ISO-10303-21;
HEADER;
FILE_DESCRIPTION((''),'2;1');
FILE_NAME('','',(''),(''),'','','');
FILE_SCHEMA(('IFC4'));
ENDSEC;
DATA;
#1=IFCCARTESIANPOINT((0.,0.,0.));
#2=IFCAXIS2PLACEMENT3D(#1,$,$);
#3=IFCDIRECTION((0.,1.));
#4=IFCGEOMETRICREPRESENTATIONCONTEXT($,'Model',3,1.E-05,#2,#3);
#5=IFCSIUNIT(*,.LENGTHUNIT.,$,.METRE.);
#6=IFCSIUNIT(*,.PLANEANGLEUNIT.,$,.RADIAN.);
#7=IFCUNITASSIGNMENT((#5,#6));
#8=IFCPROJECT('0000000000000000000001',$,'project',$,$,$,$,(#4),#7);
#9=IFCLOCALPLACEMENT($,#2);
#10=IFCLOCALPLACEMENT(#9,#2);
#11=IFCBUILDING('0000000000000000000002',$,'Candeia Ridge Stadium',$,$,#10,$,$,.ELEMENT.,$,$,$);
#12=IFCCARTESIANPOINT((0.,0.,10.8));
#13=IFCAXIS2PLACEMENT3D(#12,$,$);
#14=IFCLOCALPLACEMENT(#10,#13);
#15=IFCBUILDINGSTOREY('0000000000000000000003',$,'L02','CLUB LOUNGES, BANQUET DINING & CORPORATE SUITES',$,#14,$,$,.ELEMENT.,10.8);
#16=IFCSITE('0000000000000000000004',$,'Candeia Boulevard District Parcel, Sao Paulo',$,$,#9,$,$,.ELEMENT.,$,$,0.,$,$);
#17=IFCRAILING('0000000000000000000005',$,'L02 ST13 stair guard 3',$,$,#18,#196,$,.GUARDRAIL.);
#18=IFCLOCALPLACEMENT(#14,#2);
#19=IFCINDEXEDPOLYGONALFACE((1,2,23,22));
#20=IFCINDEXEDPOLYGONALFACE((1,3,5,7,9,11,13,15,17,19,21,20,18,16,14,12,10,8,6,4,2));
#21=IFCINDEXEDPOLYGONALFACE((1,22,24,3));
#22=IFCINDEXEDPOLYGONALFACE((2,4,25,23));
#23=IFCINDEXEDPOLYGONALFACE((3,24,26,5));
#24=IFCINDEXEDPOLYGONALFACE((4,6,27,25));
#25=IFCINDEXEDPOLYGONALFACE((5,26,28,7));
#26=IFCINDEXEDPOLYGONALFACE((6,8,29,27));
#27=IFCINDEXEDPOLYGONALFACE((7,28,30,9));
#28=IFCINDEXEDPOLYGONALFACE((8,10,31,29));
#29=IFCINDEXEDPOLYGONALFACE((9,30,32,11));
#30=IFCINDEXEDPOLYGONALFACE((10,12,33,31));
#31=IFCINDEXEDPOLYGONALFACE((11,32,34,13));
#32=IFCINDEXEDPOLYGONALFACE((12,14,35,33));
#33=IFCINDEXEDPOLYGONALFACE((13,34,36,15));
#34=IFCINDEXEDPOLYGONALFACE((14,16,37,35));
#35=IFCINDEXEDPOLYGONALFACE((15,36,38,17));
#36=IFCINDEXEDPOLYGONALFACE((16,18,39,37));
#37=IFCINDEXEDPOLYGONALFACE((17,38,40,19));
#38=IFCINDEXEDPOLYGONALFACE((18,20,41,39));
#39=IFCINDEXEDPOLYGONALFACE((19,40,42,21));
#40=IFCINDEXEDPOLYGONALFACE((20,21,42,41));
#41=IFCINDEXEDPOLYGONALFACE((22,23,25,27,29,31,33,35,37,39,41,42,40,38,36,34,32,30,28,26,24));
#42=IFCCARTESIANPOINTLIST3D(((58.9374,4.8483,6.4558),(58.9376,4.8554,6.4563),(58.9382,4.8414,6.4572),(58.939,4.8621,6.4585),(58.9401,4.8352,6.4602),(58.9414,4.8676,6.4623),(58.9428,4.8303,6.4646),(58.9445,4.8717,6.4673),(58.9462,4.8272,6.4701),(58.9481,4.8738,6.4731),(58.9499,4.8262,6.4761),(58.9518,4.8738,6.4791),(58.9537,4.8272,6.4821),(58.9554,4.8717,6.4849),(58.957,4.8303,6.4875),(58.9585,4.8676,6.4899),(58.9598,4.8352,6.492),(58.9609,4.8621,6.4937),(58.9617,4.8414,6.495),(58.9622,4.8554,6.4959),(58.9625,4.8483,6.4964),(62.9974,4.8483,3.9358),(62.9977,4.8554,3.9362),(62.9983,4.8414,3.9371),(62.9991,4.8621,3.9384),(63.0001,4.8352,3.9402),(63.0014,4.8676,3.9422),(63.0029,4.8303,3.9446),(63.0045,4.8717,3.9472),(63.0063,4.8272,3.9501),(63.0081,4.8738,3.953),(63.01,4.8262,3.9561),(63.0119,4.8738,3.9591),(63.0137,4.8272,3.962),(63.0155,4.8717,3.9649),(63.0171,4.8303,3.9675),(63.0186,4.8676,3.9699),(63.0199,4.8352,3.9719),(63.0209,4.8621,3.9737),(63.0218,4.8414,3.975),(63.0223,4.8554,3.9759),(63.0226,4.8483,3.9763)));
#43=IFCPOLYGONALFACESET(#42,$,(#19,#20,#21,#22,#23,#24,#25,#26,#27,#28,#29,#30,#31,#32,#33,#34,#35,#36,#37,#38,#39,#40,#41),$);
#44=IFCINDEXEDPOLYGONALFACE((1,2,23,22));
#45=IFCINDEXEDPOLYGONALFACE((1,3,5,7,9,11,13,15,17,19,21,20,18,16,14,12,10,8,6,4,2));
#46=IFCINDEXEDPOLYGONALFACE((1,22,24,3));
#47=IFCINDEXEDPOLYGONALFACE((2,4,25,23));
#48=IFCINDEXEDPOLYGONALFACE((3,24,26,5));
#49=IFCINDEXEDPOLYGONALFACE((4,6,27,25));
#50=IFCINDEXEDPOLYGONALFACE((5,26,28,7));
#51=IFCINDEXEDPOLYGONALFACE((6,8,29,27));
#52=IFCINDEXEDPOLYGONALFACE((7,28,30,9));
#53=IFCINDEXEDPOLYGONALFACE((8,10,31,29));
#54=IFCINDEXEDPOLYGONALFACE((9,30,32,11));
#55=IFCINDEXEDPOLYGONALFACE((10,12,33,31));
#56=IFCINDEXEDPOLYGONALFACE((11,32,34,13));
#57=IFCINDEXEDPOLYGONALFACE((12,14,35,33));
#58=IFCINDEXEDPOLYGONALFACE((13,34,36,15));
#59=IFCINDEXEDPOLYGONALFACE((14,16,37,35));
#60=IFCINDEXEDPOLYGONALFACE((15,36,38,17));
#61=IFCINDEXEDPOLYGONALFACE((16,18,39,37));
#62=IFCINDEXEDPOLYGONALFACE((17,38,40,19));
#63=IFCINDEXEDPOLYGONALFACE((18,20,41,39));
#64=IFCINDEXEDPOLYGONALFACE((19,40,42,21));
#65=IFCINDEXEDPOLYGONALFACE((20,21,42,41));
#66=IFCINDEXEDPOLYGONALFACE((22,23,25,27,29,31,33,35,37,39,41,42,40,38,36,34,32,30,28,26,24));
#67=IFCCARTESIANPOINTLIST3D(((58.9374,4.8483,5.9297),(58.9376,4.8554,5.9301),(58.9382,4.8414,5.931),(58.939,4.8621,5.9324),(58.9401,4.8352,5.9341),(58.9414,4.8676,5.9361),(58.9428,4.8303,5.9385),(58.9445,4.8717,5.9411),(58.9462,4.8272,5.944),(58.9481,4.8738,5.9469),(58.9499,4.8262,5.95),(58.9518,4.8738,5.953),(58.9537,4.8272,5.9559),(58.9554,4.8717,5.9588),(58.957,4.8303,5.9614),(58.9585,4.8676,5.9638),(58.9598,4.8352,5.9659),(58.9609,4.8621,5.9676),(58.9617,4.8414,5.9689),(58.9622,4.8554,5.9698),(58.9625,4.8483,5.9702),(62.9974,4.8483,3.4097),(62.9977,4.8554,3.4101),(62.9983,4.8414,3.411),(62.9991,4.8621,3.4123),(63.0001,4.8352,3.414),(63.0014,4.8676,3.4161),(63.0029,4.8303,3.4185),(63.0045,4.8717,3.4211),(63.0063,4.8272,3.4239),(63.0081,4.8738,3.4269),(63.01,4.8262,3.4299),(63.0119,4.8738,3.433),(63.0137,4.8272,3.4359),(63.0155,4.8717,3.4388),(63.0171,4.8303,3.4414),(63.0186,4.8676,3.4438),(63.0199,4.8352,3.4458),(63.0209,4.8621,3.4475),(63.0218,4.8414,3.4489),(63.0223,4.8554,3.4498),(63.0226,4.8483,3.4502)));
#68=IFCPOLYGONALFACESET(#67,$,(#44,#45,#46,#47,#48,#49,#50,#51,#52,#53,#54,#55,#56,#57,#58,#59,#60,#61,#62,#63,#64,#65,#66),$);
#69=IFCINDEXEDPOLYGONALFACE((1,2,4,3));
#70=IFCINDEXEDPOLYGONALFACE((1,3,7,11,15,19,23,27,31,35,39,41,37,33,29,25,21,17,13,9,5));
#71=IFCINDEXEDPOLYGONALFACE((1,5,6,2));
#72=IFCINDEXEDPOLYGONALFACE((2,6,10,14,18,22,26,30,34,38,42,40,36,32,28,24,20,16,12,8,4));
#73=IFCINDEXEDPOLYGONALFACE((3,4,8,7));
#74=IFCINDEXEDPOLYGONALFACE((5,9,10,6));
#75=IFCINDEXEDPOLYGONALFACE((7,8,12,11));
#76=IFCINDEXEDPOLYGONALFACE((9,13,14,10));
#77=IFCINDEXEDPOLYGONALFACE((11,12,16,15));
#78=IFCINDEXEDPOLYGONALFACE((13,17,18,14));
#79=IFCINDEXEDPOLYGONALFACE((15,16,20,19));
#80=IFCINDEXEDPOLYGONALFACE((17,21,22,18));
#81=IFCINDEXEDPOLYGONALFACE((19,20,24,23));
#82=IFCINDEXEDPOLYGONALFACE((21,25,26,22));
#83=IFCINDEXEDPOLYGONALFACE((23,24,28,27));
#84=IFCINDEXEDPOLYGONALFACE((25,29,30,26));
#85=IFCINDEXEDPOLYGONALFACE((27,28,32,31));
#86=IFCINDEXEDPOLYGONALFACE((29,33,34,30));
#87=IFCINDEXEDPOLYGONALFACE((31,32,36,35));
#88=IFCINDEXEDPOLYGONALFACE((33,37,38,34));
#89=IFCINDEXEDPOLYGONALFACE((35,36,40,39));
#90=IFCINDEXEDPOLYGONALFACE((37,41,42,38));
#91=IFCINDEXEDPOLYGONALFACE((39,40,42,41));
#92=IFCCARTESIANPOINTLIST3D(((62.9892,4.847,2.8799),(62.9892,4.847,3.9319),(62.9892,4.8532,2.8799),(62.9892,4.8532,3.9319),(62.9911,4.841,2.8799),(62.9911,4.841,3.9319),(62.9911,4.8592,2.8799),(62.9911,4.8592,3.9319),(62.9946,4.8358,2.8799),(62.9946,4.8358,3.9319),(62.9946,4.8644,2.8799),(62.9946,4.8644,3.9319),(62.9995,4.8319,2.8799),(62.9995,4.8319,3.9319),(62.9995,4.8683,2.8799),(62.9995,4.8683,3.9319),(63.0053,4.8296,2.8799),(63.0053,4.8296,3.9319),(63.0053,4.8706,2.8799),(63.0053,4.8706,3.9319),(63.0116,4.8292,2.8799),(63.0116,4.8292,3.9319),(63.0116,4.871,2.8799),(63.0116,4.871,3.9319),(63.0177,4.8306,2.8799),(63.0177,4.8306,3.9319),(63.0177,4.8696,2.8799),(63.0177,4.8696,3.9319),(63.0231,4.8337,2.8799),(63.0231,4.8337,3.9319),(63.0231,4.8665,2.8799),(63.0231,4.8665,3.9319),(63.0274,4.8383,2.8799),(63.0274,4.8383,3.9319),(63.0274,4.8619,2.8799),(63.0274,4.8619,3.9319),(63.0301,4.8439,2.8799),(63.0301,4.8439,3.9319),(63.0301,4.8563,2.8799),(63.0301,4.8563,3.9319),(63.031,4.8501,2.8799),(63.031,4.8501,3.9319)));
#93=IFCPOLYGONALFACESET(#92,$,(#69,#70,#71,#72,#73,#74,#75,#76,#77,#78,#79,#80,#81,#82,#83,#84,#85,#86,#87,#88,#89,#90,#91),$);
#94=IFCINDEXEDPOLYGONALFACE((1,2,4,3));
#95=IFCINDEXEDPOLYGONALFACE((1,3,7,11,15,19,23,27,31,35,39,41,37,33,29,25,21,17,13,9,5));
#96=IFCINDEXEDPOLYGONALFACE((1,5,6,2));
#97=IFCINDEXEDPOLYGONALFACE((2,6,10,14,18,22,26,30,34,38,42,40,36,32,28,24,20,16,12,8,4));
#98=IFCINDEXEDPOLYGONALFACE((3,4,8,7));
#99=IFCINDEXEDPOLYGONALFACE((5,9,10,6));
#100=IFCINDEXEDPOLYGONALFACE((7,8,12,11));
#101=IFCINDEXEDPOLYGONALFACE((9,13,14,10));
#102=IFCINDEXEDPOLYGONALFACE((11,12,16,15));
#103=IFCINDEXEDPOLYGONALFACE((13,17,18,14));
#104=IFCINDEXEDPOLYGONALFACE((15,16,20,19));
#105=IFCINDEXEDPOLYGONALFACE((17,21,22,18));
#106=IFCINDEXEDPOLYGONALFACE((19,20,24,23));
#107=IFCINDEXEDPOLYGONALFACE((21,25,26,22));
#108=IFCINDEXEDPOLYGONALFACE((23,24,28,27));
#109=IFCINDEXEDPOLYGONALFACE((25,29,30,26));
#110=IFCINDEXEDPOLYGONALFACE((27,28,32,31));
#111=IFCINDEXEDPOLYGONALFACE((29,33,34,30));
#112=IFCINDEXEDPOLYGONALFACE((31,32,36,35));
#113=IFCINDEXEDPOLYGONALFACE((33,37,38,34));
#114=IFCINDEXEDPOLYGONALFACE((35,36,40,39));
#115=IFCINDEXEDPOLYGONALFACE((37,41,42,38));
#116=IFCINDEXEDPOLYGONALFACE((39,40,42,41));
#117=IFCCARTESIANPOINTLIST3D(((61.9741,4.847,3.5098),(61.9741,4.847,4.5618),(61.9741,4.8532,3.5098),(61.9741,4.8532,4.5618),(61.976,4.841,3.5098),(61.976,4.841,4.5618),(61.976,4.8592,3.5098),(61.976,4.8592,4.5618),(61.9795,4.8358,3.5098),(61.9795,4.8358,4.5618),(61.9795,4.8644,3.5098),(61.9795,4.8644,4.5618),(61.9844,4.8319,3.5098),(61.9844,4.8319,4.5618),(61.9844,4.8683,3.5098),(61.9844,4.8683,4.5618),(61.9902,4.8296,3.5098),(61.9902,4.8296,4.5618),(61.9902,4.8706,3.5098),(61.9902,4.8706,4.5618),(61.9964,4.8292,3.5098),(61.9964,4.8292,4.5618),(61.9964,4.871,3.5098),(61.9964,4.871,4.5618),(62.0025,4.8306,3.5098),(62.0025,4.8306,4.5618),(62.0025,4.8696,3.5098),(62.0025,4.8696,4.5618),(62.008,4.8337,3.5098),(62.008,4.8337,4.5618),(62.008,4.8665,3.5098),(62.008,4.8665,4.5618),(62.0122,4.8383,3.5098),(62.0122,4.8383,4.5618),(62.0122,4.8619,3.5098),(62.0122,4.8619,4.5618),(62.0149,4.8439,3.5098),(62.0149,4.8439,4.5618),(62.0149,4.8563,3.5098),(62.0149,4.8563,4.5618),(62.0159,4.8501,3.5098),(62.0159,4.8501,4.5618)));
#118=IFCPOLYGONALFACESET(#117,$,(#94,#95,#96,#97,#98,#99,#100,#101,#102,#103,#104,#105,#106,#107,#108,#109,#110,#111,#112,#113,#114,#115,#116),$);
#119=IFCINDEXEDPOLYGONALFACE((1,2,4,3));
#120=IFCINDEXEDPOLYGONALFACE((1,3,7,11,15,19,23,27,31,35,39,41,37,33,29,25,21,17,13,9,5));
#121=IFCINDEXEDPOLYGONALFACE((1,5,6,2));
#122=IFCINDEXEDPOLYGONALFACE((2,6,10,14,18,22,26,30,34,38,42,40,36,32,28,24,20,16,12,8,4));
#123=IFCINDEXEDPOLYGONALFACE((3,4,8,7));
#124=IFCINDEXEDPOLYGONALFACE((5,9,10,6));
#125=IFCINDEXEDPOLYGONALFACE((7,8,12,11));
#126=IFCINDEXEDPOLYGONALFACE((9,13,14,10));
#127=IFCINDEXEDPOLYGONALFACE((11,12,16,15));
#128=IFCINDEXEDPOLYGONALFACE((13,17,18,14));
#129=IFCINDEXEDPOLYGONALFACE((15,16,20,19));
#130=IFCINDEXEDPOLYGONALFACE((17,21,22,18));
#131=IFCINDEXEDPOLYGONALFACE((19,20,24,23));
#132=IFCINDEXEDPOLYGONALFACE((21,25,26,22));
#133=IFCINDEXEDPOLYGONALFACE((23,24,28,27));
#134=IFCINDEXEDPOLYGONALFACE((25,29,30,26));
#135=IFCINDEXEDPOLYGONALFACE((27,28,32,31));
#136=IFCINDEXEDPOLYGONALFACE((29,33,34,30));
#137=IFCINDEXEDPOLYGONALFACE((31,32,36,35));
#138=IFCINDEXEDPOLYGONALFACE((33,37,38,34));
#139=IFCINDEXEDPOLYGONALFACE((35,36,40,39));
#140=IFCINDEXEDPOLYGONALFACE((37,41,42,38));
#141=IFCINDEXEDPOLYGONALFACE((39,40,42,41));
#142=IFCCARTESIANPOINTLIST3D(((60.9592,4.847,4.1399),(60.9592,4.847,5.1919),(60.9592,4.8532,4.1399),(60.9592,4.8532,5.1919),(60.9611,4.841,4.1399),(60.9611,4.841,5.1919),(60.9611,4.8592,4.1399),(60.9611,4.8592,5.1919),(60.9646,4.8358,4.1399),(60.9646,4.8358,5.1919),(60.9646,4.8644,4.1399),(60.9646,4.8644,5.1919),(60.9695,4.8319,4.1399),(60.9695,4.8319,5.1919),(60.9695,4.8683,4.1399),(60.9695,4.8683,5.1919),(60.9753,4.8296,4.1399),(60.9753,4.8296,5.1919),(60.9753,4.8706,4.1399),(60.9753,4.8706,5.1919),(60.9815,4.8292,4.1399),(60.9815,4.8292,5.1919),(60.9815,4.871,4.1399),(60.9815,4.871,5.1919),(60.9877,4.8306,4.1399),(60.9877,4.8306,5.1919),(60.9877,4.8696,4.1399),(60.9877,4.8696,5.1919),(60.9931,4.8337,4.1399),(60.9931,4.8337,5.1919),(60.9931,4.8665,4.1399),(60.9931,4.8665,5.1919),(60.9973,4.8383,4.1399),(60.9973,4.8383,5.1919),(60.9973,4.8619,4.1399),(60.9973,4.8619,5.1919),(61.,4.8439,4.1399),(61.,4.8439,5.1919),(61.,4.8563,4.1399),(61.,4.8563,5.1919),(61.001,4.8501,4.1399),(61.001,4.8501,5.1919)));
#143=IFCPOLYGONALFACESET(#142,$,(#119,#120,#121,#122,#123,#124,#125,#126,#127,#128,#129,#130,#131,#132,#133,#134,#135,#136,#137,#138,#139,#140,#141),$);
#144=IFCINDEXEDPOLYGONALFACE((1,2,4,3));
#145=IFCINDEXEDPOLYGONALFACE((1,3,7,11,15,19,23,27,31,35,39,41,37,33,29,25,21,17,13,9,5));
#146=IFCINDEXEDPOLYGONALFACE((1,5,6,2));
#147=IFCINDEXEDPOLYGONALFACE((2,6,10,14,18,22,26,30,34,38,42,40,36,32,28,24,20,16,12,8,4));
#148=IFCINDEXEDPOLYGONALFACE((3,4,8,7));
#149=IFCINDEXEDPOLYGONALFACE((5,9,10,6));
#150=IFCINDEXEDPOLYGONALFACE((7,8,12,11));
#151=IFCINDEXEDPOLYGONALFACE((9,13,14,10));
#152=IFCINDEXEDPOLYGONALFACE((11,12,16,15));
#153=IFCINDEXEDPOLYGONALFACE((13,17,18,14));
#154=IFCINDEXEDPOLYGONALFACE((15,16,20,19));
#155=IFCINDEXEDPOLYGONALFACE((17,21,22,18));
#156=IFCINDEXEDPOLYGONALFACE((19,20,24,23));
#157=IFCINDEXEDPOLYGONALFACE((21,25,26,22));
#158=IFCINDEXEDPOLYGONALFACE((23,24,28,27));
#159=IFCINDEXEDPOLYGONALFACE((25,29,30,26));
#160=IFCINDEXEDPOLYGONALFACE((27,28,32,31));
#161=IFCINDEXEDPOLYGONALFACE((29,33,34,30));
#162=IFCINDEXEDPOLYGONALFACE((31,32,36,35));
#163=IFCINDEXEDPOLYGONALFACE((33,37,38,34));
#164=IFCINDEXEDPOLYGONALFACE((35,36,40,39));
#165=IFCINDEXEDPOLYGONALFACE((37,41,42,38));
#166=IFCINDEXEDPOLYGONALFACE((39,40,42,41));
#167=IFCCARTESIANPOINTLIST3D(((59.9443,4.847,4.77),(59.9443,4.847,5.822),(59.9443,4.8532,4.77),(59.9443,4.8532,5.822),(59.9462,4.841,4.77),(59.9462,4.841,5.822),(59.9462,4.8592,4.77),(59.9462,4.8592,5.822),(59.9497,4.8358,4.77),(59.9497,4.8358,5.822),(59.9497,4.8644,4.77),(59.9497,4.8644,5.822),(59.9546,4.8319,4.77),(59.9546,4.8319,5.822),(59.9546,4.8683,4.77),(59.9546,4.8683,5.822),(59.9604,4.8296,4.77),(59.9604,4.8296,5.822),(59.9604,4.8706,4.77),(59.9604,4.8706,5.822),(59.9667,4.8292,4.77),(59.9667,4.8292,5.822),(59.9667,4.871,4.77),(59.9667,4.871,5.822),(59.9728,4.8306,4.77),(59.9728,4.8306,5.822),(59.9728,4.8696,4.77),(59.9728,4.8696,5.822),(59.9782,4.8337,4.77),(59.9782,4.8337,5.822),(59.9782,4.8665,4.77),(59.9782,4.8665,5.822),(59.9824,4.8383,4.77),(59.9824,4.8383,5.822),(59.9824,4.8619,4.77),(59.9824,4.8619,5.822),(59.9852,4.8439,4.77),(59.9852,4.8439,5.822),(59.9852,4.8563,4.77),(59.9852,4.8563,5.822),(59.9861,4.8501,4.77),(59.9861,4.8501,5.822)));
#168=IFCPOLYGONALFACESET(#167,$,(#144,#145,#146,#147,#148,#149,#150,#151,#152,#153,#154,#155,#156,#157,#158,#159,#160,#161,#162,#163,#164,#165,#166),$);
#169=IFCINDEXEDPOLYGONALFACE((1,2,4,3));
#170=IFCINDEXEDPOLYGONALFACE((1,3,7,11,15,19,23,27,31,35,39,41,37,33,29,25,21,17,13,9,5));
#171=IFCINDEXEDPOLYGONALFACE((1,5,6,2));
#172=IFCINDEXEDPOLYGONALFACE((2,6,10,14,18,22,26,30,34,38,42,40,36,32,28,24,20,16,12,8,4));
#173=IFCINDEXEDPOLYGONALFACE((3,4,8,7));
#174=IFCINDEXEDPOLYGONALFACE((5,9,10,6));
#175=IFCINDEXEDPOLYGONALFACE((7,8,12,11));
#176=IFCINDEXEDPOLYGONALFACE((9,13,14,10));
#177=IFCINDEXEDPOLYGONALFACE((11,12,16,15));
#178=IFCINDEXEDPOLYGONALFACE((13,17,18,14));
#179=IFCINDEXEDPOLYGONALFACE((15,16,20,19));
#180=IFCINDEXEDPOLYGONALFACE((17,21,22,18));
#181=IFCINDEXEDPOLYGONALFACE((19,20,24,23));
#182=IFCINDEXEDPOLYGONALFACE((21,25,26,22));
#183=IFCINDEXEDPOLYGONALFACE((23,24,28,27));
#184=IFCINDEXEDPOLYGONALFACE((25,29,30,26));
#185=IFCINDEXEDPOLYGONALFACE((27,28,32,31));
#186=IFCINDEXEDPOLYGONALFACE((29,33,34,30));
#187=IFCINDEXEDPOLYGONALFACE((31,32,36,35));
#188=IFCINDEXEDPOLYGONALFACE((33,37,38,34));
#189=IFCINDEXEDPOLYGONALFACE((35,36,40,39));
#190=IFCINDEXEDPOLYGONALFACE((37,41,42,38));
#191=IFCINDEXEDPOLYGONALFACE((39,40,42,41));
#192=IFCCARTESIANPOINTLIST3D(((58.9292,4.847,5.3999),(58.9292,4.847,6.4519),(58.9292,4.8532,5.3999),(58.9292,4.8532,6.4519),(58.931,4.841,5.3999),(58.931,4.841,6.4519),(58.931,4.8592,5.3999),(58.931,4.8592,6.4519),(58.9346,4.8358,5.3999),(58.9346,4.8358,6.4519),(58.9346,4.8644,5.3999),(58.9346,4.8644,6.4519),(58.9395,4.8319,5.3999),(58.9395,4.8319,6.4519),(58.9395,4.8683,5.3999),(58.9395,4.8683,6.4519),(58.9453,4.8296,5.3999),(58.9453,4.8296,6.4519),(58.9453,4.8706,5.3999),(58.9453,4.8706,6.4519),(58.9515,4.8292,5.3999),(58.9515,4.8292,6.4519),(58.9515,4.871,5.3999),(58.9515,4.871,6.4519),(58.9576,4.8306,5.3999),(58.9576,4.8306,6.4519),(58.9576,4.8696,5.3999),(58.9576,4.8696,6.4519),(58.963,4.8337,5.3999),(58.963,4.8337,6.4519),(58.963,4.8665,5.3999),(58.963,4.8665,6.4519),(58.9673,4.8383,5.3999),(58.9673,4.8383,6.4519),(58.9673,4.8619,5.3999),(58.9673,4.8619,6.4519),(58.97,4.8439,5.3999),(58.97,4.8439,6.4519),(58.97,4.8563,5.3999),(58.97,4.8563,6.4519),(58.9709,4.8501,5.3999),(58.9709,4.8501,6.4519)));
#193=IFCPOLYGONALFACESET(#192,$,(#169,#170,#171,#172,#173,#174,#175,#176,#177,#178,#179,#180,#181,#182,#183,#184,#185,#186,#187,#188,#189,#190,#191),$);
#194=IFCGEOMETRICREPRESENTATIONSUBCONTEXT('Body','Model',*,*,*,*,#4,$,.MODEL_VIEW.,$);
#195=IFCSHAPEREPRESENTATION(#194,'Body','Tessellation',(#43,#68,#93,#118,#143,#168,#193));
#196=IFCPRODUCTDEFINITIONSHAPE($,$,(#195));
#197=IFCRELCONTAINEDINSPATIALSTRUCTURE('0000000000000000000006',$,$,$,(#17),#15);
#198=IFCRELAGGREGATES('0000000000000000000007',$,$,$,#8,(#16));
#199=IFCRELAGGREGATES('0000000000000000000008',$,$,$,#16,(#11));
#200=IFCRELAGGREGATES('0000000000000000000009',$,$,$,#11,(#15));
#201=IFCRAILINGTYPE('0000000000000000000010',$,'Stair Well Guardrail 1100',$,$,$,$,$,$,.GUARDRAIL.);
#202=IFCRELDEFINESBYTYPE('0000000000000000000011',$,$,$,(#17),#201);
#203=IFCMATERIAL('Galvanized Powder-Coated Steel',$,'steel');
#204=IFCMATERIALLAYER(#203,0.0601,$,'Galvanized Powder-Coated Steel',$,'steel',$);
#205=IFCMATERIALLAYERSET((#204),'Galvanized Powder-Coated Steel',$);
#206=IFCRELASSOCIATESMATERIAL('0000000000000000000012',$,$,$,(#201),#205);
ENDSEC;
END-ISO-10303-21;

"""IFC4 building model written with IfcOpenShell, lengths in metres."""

from ifc_helpers import new_model, si_unit, direction, frame, origin, origin_2d, place, context, subcontext, project, spatial, circle, extrude, material, layer, layer_set, type_object, element, save


model = new_model("IFC4")

# Units and contexts
model_context = context("Model", 3, precision=1e-05, world=origin(), true_north=direction((0.0, 1.0)))
body_context = subcontext(model_context, "Body", "Model", "MODEL_VIEW")
ifc_project = project(units=[si_unit("LENGTHUNIT", "METRE"), si_unit("PLANEANGLEUNIT", "RADIAN")], contexts=[model_context])

# Site, building, storey
site_placement = place(None, origin())
site = spatial("IfcSite", under=ifc_project, at=site_placement, Name="Candeia Boulevard District Parcel, Sao Paulo", CompositionType="ELEMENT", RefElevation=0.0)
building_placement = place(site_placement, origin())
building = spatial("IfcBuilding", under=site, at=building_placement, Name="Candeia Ridge Stadium", CompositionType="ELEMENT")
storey_placement = place(building_placement, frame((0.0, 0.0, 10.8)))
storey = spatial("IfcBuildingStorey", under=building, at=storey_placement, Name="L02", Description="CLUB LOUNGES, BANQUET DINING & CORPORATE SUITES", CompositionType="ELEMENT", Elevation=10.8)

# Railing
ifc_material_1 = material(Name="Galvanized Powder-Coated Steel", Category="steel")
ifc_layer_1 = layer(ifc_material_1, 0.0601, Name="Galvanized Powder-Coated Steel", Category="steel")
ifc_layer_set_1 = layer_set([ifc_layer_1], Name="Galvanized Powder-Coated Steel")
railing_type_1 = type_object("IfcRailingType", Name="Stair Well Guardrail 1100", PredefinedType="GUARDRAIL", material=ifc_layer_set_1)
railing_1_placement = place(storey_placement, frame((63.01, 4.8501, 2.8799)))
element("IfcRailing", 1, at=railing_1_placement, inside=storey, type_object=railing_type_1, Name="L02 ST13 stair guard 3", PredefinedType="GUARDRAIL", context=body_context, shape_type="SweptSolid", body=[
    extrude(circle(Radius=0.0239, at=origin_2d()), frame((0.0, 0.0, 1.0762), z_axis=(-0.849642, 0.0, 0.52736), x_axis=(0.0, -1.0, 0.0)), (0.0, 0.0, 1.0), 4.7786),
    extrude(circle(Radius=0.0239, at=origin_2d()), frame((0.0, 0.0, 0.55), z_axis=(-0.849642, 0.0, 0.52736), x_axis=(0.0, -1.0, 0.0)), (0.0, 0.0, 1.0), 4.7786),
    extrude(circle(Radius=0.021, at=origin_2d()), origin(), (0.0, 0.0, 1.0), 1.052),
    extrude(circle(Radius=0.021, at=origin_2d()), frame((-1.0151, 0.0, 0.6299)), (0.0, 0.0, 1.0), 1.052),
    extrude(circle(Radius=0.021, at=origin_2d()), frame((-2.03, 0.0, 1.26)), (0.0, 0.0, 1.0), 1.052),
    extrude(circle(Radius=0.021, at=origin_2d()), frame((-3.0449, 0.0, 1.8901)), (0.0, 0.0, 1.0), 1.052),
    extrude(circle(Radius=0.021, at=origin_2d()), frame((-4.0601, 0.0, 2.52)), (0.0, 0.0, 1.0), 1.052),
])

save(model, "model.ifc")
